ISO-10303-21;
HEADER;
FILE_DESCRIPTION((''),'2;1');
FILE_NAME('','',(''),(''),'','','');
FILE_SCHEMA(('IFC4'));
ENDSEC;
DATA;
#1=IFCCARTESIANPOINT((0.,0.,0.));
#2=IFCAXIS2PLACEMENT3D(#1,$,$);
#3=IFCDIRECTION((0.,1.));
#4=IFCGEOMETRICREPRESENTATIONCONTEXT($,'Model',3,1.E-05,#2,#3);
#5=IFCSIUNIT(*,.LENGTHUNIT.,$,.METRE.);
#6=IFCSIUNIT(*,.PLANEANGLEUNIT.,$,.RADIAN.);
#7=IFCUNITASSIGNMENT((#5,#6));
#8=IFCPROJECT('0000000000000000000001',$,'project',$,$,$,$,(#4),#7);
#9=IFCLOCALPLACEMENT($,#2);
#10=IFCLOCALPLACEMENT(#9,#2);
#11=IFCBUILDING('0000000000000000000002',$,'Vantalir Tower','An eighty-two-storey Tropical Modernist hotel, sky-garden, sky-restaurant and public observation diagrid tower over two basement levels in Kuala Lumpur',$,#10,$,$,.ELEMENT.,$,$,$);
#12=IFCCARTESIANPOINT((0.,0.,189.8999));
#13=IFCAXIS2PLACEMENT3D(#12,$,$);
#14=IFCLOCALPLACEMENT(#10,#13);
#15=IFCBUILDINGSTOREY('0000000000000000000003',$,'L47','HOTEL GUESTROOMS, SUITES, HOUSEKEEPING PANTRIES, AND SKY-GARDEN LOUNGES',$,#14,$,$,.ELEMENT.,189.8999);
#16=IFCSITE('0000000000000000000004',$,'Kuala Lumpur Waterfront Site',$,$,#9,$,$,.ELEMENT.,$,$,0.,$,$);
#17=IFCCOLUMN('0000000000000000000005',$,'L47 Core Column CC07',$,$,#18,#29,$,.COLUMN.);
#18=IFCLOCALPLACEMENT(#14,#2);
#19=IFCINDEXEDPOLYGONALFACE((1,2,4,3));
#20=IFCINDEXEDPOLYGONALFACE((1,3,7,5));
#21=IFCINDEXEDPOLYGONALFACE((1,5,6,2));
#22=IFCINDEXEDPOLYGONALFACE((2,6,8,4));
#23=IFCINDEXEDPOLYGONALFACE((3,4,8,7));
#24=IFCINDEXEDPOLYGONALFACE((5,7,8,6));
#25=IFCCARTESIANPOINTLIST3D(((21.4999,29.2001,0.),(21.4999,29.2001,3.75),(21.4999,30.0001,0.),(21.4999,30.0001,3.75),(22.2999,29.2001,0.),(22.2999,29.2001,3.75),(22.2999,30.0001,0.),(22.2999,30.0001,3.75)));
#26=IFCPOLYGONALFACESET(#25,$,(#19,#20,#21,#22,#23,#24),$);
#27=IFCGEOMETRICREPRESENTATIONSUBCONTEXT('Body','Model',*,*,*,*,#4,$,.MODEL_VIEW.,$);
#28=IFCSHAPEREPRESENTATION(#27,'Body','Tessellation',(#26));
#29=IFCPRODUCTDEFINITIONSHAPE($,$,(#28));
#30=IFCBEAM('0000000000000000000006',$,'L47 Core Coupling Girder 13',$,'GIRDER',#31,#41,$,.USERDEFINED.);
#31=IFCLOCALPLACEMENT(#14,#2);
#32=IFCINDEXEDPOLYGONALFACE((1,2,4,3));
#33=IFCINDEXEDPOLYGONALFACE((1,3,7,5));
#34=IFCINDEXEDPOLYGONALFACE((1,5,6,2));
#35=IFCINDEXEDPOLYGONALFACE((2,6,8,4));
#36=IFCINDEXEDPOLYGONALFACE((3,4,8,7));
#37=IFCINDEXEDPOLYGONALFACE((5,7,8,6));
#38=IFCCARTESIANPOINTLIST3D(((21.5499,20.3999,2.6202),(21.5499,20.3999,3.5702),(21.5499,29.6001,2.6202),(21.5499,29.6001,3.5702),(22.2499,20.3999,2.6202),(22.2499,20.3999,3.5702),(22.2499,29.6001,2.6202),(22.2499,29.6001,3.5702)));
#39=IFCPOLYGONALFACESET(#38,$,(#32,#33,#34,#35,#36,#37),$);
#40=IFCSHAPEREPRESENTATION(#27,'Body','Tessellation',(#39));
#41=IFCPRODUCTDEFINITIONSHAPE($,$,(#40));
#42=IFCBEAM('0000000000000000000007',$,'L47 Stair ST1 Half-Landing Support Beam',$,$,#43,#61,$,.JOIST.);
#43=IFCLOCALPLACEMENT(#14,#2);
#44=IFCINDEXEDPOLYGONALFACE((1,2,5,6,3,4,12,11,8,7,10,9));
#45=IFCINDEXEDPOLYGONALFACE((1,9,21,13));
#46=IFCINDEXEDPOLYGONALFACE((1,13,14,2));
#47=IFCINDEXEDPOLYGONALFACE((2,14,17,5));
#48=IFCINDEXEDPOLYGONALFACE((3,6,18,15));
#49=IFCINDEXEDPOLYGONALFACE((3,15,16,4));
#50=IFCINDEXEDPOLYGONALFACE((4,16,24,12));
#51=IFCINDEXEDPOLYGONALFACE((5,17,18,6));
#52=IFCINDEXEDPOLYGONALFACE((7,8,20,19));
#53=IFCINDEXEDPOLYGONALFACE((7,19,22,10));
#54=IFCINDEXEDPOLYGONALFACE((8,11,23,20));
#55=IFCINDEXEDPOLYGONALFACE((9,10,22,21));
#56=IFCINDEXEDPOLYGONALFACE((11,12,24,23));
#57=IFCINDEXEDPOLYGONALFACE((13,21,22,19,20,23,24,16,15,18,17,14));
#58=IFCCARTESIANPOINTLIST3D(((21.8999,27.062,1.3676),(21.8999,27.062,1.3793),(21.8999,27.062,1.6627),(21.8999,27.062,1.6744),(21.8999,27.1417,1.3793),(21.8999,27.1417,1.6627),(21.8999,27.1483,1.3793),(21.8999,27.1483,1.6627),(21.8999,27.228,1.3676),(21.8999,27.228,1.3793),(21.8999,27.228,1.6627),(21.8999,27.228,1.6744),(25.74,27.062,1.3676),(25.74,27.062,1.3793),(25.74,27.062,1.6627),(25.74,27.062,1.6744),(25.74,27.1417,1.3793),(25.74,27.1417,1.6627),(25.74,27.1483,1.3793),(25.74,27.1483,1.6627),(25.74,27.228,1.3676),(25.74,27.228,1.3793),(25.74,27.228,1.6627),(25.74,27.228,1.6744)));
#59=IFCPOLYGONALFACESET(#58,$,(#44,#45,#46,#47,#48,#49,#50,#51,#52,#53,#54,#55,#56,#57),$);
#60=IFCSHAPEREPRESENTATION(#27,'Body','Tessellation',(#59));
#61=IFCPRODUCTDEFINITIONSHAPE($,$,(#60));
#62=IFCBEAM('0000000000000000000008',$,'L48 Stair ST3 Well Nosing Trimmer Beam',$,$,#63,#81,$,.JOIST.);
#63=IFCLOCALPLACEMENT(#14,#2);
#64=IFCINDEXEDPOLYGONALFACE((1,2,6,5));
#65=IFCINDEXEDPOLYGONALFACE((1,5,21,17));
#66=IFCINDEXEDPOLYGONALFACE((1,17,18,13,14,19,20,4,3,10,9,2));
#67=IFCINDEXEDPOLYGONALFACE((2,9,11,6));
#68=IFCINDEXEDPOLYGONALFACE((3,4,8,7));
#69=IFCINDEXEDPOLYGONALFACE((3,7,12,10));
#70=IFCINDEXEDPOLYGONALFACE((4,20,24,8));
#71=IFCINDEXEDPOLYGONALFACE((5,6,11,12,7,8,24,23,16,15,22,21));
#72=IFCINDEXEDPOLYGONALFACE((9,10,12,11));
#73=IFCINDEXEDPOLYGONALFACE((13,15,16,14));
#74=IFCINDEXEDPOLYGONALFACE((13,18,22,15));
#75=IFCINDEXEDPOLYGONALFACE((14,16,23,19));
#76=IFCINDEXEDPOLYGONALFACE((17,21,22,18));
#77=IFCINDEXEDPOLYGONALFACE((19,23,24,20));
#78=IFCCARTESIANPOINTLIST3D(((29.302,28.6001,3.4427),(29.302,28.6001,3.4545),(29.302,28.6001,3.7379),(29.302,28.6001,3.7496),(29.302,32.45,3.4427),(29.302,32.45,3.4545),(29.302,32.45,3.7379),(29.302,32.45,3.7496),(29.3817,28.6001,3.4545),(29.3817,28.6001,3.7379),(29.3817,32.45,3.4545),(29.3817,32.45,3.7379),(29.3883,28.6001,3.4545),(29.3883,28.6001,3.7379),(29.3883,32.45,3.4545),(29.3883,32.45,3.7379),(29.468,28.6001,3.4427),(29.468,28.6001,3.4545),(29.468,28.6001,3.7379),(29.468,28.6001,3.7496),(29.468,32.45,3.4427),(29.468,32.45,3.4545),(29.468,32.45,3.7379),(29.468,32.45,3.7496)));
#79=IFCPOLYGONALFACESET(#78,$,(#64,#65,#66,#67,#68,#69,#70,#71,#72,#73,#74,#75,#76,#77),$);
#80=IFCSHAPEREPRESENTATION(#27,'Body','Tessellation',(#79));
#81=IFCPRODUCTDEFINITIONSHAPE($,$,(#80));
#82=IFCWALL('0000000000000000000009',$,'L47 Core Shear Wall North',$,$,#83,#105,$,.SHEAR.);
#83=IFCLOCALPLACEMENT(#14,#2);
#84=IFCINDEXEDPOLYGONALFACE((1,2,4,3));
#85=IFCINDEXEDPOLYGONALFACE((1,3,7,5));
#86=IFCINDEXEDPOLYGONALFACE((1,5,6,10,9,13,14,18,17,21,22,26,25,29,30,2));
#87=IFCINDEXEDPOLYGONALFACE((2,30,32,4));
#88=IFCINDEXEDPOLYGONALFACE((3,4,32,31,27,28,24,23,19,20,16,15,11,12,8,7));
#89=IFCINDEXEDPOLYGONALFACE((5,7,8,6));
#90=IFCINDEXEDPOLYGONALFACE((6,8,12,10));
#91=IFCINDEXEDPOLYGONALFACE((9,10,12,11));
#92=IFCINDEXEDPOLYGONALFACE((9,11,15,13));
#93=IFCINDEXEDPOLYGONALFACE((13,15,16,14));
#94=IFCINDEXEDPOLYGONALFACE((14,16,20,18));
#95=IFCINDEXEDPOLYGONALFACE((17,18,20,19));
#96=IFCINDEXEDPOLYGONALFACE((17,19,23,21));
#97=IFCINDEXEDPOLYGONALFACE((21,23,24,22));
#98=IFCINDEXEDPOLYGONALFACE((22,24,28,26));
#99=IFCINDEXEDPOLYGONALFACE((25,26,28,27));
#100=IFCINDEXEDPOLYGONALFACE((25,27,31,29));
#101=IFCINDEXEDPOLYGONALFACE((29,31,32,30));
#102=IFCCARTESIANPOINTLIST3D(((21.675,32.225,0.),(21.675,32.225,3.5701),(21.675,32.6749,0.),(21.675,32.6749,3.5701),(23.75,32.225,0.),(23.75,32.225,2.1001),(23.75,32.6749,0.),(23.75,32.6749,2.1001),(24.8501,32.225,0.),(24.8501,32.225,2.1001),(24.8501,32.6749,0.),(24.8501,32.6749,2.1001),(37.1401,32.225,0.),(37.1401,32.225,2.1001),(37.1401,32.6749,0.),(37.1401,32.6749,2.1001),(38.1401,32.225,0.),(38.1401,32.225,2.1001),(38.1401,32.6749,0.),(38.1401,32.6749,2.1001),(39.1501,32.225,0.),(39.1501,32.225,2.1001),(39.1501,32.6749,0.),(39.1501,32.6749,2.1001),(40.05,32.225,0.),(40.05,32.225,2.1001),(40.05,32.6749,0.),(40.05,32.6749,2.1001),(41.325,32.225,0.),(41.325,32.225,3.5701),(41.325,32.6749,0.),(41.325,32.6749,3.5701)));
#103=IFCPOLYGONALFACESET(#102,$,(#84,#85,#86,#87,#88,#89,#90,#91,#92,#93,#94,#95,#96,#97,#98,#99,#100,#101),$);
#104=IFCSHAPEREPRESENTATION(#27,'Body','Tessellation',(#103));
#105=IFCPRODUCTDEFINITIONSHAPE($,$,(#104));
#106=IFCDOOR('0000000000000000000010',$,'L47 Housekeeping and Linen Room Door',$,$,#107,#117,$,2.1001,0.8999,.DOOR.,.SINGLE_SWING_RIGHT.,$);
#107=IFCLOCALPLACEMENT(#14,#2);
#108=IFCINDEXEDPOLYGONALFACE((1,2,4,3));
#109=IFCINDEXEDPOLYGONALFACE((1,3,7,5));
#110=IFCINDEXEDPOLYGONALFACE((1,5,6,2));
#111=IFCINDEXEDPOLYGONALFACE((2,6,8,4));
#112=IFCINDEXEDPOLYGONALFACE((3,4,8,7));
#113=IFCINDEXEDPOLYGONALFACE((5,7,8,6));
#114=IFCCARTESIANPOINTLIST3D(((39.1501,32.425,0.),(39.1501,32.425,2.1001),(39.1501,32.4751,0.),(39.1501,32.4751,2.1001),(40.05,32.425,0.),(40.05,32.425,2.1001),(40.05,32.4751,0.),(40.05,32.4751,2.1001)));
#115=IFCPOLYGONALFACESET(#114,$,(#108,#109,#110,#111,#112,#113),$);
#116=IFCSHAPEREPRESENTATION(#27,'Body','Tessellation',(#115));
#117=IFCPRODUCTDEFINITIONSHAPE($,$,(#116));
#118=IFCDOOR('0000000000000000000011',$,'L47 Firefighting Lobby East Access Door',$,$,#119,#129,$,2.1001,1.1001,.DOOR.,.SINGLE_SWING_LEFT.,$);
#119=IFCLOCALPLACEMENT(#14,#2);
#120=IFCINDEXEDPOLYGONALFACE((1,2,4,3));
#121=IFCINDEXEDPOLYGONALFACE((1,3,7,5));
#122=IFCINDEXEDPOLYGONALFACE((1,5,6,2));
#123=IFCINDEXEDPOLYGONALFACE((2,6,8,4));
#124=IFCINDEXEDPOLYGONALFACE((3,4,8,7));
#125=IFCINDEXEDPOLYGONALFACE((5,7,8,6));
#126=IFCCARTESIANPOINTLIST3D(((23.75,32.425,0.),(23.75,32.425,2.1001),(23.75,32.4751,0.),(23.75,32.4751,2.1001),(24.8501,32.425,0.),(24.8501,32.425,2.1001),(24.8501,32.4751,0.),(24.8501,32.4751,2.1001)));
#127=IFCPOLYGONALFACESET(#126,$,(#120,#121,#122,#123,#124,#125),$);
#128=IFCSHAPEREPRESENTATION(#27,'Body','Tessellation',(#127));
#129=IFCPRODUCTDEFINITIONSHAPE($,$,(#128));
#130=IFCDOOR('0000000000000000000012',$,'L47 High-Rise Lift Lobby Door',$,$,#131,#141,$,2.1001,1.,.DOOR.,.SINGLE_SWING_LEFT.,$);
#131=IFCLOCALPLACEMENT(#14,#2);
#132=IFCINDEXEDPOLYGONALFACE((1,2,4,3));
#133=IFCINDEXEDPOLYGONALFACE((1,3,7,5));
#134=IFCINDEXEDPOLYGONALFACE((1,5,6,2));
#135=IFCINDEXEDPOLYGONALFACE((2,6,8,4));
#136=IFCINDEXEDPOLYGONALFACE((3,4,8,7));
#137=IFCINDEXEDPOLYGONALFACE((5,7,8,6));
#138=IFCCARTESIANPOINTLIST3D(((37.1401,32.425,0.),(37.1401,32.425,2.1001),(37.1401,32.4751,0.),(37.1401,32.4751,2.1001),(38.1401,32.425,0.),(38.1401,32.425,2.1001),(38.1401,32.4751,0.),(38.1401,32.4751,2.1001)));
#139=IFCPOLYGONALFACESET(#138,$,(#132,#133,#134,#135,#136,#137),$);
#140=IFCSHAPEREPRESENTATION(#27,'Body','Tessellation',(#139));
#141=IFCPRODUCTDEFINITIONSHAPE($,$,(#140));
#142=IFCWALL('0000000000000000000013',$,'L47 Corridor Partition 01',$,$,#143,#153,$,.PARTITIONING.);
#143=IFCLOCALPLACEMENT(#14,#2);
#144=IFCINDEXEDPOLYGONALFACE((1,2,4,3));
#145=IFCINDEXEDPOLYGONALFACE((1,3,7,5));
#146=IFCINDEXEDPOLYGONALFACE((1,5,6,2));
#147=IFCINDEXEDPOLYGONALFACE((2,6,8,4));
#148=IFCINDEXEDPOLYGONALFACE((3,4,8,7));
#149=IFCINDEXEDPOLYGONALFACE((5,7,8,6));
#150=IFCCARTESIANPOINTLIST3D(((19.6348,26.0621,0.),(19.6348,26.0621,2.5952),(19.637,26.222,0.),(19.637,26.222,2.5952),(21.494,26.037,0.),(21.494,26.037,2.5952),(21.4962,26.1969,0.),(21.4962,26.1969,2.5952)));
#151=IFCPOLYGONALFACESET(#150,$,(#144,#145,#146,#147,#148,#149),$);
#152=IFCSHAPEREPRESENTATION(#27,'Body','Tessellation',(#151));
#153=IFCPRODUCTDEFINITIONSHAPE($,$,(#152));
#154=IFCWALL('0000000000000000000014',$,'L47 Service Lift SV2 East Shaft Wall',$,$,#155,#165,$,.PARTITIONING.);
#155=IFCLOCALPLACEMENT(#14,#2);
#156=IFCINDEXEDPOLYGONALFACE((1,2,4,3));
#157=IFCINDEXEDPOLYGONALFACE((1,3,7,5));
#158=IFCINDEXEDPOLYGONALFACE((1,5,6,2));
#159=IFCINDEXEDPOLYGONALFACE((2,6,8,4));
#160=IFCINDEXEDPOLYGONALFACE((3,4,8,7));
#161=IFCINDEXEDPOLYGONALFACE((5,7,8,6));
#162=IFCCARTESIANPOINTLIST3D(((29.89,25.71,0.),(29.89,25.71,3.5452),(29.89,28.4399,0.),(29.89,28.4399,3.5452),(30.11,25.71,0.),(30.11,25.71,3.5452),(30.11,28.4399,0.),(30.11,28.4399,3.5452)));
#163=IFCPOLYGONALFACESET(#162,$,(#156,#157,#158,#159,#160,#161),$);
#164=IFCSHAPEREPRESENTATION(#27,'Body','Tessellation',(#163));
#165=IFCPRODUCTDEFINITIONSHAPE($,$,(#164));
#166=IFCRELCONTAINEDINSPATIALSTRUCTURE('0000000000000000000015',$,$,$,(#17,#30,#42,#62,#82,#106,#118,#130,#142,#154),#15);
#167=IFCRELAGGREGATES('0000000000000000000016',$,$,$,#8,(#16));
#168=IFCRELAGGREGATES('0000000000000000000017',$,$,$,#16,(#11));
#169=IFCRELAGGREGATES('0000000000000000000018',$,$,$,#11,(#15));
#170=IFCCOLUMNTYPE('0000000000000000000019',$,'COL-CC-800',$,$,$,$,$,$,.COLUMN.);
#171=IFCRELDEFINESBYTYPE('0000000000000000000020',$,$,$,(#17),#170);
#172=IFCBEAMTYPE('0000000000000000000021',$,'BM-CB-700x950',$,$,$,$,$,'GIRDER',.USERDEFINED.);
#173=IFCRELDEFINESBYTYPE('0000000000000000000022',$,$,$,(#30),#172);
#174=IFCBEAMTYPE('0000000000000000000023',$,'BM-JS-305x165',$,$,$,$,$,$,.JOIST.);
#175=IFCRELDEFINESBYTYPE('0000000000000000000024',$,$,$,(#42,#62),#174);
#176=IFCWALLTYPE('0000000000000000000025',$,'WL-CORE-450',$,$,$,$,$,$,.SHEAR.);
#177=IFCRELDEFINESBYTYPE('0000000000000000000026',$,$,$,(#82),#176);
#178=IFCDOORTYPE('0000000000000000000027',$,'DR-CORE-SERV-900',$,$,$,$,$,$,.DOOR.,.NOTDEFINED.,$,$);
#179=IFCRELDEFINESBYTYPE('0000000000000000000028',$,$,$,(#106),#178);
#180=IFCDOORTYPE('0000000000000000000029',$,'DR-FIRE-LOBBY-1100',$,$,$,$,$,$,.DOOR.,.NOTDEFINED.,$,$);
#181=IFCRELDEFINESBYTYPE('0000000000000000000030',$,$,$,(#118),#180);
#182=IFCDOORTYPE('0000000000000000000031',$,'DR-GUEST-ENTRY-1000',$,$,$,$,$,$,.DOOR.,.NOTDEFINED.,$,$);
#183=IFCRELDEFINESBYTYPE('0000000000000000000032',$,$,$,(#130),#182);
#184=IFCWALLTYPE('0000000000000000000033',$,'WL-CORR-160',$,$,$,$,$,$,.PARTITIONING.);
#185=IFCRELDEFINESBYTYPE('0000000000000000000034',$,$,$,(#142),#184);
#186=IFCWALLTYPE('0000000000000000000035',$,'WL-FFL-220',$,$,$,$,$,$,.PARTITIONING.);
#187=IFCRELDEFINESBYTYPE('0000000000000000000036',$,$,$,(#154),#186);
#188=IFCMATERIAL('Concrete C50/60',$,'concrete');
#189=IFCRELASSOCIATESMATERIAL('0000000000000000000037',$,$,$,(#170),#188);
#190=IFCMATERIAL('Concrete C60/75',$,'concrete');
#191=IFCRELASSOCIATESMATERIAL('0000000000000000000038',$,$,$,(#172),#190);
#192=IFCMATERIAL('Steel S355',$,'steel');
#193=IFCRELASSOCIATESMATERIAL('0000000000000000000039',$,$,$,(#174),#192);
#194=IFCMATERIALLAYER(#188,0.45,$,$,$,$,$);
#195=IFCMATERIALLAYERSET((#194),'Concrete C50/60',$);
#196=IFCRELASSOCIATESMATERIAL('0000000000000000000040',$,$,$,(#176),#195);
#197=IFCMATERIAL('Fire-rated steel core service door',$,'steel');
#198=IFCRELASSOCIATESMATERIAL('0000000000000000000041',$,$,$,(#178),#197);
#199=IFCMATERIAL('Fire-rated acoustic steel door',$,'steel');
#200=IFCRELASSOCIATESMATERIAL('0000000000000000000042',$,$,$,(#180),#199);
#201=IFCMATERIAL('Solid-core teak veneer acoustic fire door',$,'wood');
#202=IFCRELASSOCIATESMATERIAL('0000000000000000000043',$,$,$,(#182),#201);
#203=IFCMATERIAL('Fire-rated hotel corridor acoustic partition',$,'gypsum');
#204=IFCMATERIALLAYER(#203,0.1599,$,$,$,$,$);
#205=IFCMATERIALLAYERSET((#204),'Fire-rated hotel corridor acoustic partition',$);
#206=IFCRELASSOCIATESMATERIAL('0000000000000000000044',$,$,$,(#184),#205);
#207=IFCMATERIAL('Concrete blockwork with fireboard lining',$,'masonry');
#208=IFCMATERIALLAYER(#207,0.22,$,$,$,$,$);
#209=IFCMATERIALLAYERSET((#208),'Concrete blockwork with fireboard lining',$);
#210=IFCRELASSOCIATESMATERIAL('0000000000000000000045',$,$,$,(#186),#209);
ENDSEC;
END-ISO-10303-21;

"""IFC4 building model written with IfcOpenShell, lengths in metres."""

from ifc_helpers import new_model, si_unit, direction, frame, frame_2d, origin, origin_2d, place, context, subcontext, project, spatial, rectangle, i_section, extrude, material, layer, layer_set, material_profile, profile_set, type_object, element, fill, save


model = new_model("IFC4")

# Units and contexts
model_context = context("Model", 3, precision=1e-05, world=origin(), true_north=direction((0.0, 1.0)))
body_context = subcontext(model_context, "Body", "Model", "MODEL_VIEW")
ifc_project = project(units=[si_unit("LENGTHUNIT", "METRE"), si_unit("PLANEANGLEUNIT", "RADIAN")], contexts=[model_context])

# Site, building, storey
site_placement = place(None, origin())
site = spatial("IfcSite", under=ifc_project, at=site_placement, Name="Kuala Lumpur Waterfront Site", CompositionType="ELEMENT", RefElevation=0.0)
building_placement = place(site_placement, origin())
building = spatial("IfcBuilding", under=site, at=building_placement, Name="Vantalir Tower", Description="An eighty-two-storey Tropical Modernist hotel, sky-garden, sky-restaurant and public observation diagrid tower over two basement levels in Kuala Lumpur", CompositionType="ELEMENT")
storey_placement = place(building_placement, frame((0.0, 0.0, 189.8999)))
storey = spatial("IfcBuildingStorey", under=building, at=storey_placement, Name="L47", Description="HOTEL GUESTROOMS, SUITES, HOUSEKEEPING PANTRIES, AND SKY-GARDEN LOUNGES", CompositionType="ELEMENT", Elevation=189.8999)

# Column
ifc_material_1 = material(Name="Concrete C50/60", Category="concrete")
ifc_material_profile_1 = material_profile(ifc_material_1, rectangle(XDim=0.8, YDim=0.8, at=origin_2d()), Name="Concrete C50/60")
ifc_profile_set_1 = profile_set([ifc_material_profile_1], Name="Concrete C50/60")
column_type = type_object("IfcColumnType", Name="COL-CC-800", PredefinedType="COLUMN", material=ifc_profile_set_1)
column_placement = place(storey_placement, frame((21.8999, 29.6001, 0.0), z_axis=(0.0, 0.0, 1.0), x_axis=(1.0, 0.0, 0.0)))
element("IfcColumn", 1, at=column_placement, inside=storey, type_object=column_type, Name="L47 Core Column CC07", PredefinedType="COLUMN", context=body_context, shape_type="SweptSolid", body=[
    extrude(rectangle(XDim=0.8, YDim=0.8, at=origin_2d()), origin(), (0.0, 0.0, 1.0), 3.75),
])

# Beams
ifc_material_2 = material(Name="Concrete C60/75", Category="concrete")
ifc_material_profile_2 = material_profile(ifc_material_2, rectangle(XDim=0.7, YDim=0.95, at=origin_2d()), Name="Concrete C60/75")
ifc_profile_set_2 = profile_set([ifc_material_profile_2], Name="Concrete C60/75")
beam_type_1 = type_object("IfcBeamType", Name="BM-CB-700x950", ElementType="GIRDER", PredefinedType="USERDEFINED", material=ifc_profile_set_2)
beam_1_placement = place(storey_placement, frame((21.8999, 29.6001, 3.0952), z_axis=(0.0, -1.0, 0.0), x_axis=(1.0, 0.0, 0.0)))
element("IfcBeam", 2, at=beam_1_placement, inside=storey, type_object=beam_type_1, Name="L47 Core Coupling Girder 13", ObjectType="GIRDER", PredefinedType="USERDEFINED", context=body_context, shape_type="SweptSolid", body=[
    extrude(rectangle(XDim=0.7, YDim=0.95, at=origin_2d()), origin(), (0.0, 0.0, 1.0), 9.2002),
])
ifc_material_3 = material(Name="Steel S355", Category="steel")
ifc_material_profile_3 = material_profile(ifc_material_3, i_section(OverallWidth=0.166, OverallDepth=0.3069, WebThickness=0.0066, FlangeThickness=0.0117, at=origin_2d()), Name="Steel S355")
ifc_profile_set_3 = profile_set([ifc_material_profile_3], Name="Steel S355")
beam_type_2 = type_object("IfcBeamType", Name="BM-JS-305x165", PredefinedType="JOIST", material=ifc_profile_set_3)
beam_2_placement = place(storey_placement, frame((21.8999, 27.145, 1.521), z_axis=(1.0, 0.0, 0.0), x_axis=(0.0, 1.0, 0.0)))
element("IfcBeam", 3, at=beam_2_placement, inside=storey, type_object=beam_type_2, Name="L47 Stair ST1 Half-Landing Support Beam", PredefinedType="JOIST", context=body_context, shape_type="SweptSolid", body=[
    extrude(i_section(OverallWidth=0.166, OverallDepth=0.3069, WebThickness=0.0066, FlangeThickness=0.0117, at=origin_2d()), origin(), (0.0, 0.0, 1.0), 3.8401),
])
beam_3_placement = place(storey_placement, frame((29.385, 28.6001, 3.5962), z_axis=(0.0, 1.0, 0.0), x_axis=(-1.0, 0.0, 0.0)))
element("IfcBeam", 4, at=beam_3_placement, inside=storey, type_object=beam_type_2, Name="L48 Stair ST3 Well Nosing Trimmer Beam", PredefinedType="JOIST", context=body_context, shape_type="SweptSolid", body=[
    extrude(i_section(OverallWidth=0.166, OverallDepth=0.3069, WebThickness=0.0066, FlangeThickness=0.0117, at=origin_2d()), origin(), (0.0, 0.0, 1.0), 3.8499),
])

# Wall, openings, doors
ifc_layer_1 = layer(ifc_material_1, 0.45)
ifc_layer_set_1 = layer_set([ifc_layer_1], Name="Concrete C50/60")
wall_type_1 = type_object("IfcWallType", Name="WL-CORE-450", PredefinedType="SHEAR", material=ifc_layer_set_1)
wall_1_placement = place(storey_placement, frame((21.675, 32.45, 0.0), z_axis=(0.0, 0.0, 1.0), x_axis=(1.0, 0.0, 0.0)))
wall_1 = element("IfcWall", 5, at=wall_1_placement, inside=storey, type_object=wall_type_1, Name="L47 Core Shear Wall North", PredefinedType="SHEAR", context=body_context, shape_type="SweptSolid", body=[
    extrude(rectangle(XDim=19.6499, YDim=0.45, at=frame_2d((9.825, 0.0))), origin(), (0.0, 0.0, 1.0), 3.5701),
])
opening_1_placement = place(wall_1_placement, frame((2.075, 0.0, 0.0)))
opening_1 = element("IfcOpeningElement", 6, at=opening_1_placement, cuts=wall_1, PredefinedType="OPENING", context=body_context, shape_type="SweptSolid", body=[
    extrude(rectangle(XDim=1.1001, YDim=2.1001, at=frame_2d((0.55, 1.05))), frame((0.0, 0.2349, 0.0), z_axis=(0.0, -1.0, 0.0), x_axis=(1.0, 0.0, 0.0)), (0.0, 0.0, 1.0), 0.47),
])
opening_2_placement = place(wall_1_placement, frame((15.4651, 0.0, 0.0)))
opening_2 = element("IfcOpeningElement", 7, at=opening_2_placement, cuts=wall_1, PredefinedType="OPENING", context=body_context, shape_type="SweptSolid", body=[
    extrude(rectangle(XDim=1.0, YDim=2.1001, at=frame_2d((0.5, 1.05))), frame((0.0, 0.2349, 0.0), z_axis=(0.0, -1.0, 0.0), x_axis=(1.0, 0.0, 0.0)), (0.0, 0.0, 1.0), 0.47),
])
opening_3_placement = place(wall_1_placement, frame((17.4751, 0.0, 0.0)))
opening_3 = element("IfcOpeningElement", 8, at=opening_3_placement, cuts=wall_1, PredefinedType="OPENING", context=body_context, shape_type="SweptSolid", body=[
    extrude(rectangle(XDim=0.8999, YDim=2.1001, at=frame_2d((0.45, 1.05))), frame((0.0, 0.2349, 0.0), z_axis=(0.0, -1.0, 0.0), x_axis=(1.0, 0.0, 0.0)), (0.0, 0.0, 1.0), 0.47),
])
ifc_material_4 = material(Name="Fire-rated steel core service door", Category="steel")
door_type_1 = type_object("IfcDoorType", Name="DR-CORE-SERV-900", OperationType="NOTDEFINED", PredefinedType="DOOR", material=ifc_material_4)
door_1_placement = place(opening_3_placement, frame((0.8999, 0.0, 0.0), z_axis=(0.0, 0.0, 1.0), x_axis=(-1.0, 0.0, 0.0)))
door_1 = element("IfcDoor", 9, at=door_1_placement, inside=storey, type_object=door_type_1, Name="L47 Housekeeping and Linen Room Door", OperationType="SINGLE_SWING_RIGHT", OverallHeight=2.1001, OverallWidth=0.8999, PredefinedType="DOOR", context=body_context, shape_type="SweptSolid", body=[
    extrude(rectangle(XDim=0.8999, YDim=2.1001, at=frame_2d((0.45, 1.05))), frame((0.0, 0.0249, 0.0), z_axis=(0.0, -1.0, 0.0), x_axis=(1.0, 0.0, 0.0)), (0.0, 0.0, 1.0), 0.05),
])
fill(opening_3, door_1)
ifc_material_5 = material(Name="Fire-rated acoustic steel door", Category="steel")
door_type_2 = type_object("IfcDoorType", Name="DR-FIRE-LOBBY-1100", OperationType="NOTDEFINED", PredefinedType="DOOR", material=ifc_material_5)
door_2_placement = place(opening_1_placement, frame((1.1001, 0.0, 0.0), z_axis=(0.0, 0.0, 1.0), x_axis=(-1.0, 0.0, 0.0)))
door_2 = element("IfcDoor", 10, at=door_2_placement, inside=storey, type_object=door_type_2, Name="L47 Firefighting Lobby East Access Door", OperationType="SINGLE_SWING_LEFT", OverallHeight=2.1001, OverallWidth=1.1001, PredefinedType="DOOR", context=body_context, shape_type="SweptSolid", body=[
    extrude(rectangle(XDim=1.1001, YDim=2.1001, at=frame_2d((0.55, 1.05))), frame((0.0, 0.0249, 0.0), z_axis=(0.0, -1.0, 0.0), x_axis=(1.0, 0.0, 0.0)), (0.0, 0.0, 1.0), 0.05),
])
fill(opening_1, door_2)
ifc_material_6 = material(Name="Solid-core teak veneer acoustic fire door", Category="wood")
door_type_3 = type_object("IfcDoorType", Name="DR-GUEST-ENTRY-1000", OperationType="NOTDEFINED", PredefinedType="DOOR", material=ifc_material_6)
door_3_placement = place(opening_2_placement, frame((1.0, 0.0, 0.0), z_axis=(0.0, 0.0, 1.0), x_axis=(-1.0, 0.0, 0.0)))
door_3 = element("IfcDoor", 11, at=door_3_placement, inside=storey, type_object=door_type_3, Name="L47 High-Rise Lift Lobby Door", OperationType="SINGLE_SWING_LEFT", OverallHeight=2.1001, OverallWidth=1.0, PredefinedType="DOOR", context=body_context, shape_type="SweptSolid", body=[
    extrude(rectangle(XDim=1.0, YDim=2.1001, at=frame_2d((0.5, 1.05))), frame((0.0, 0.0249, 0.0), z_axis=(0.0, -1.0, 0.0), x_axis=(1.0, 0.0, 0.0)), (0.0, 0.0, 1.0), 0.05),
])
fill(opening_2, door_3)

# Walls
ifc_material_7 = material(Name="Fire-rated hotel corridor acoustic partition", Category="gypsum")
ifc_layer_2 = layer(ifc_material_7, 0.1599)
ifc_layer_set_2 = layer_set([ifc_layer_2], Name="Fire-rated hotel corridor acoustic partition")
wall_type_2 = type_object("IfcWallType", Name="WL-CORR-160", PredefinedType="PARTITIONING", material=ifc_layer_set_2)
wall_2_placement = place(storey_placement, frame((21.4951, 26.1169, 0.0), z_axis=(0.0, 0.0, 1.0), x_axis=(-0.999909, 0.013525, 0.0)))
element("IfcWall", 12, at=wall_2_placement, inside=storey, type_object=wall_type_2, Name="L47 Corridor Partition 01", PredefinedType="PARTITIONING", context=body_context, shape_type="SweptSolid", body=[
    extrude(rectangle(XDim=1.8594, YDim=0.1599, at=frame_2d((0.9297, 0.0))), origin(), (0.0, 0.0, 1.0), 2.5952),
])
ifc_material_8 = material(Name="Concrete blockwork with fireboard lining", Category="masonry")
ifc_layer_3 = layer(ifc_material_8, 0.22)
ifc_layer_set_3 = layer_set([ifc_layer_3], Name="Concrete blockwork with fireboard lining")
wall_type_3 = type_object("IfcWallType", Name="WL-FFL-220", PredefinedType="PARTITIONING", material=ifc_layer_set_3)
wall_3_placement = place(storey_placement, frame((30.0, 25.71, 0.0), z_axis=(0.0, 0.0, 1.0), x_axis=(0.0, 1.0, 0.0)))
element("IfcWall", 13, at=wall_3_placement, inside=storey, type_object=wall_type_3, Name="L47 Service Lift SV2 East Shaft Wall", PredefinedType="PARTITIONING", context=body_context, shape_type="SweptSolid", body=[
    extrude(rectangle(XDim=2.73, YDim=0.22, at=frame_2d((1.365, 0.0))), origin(), (0.0, 0.0, 1.0), 3.5452),
])

save(model, "model.ifc")
